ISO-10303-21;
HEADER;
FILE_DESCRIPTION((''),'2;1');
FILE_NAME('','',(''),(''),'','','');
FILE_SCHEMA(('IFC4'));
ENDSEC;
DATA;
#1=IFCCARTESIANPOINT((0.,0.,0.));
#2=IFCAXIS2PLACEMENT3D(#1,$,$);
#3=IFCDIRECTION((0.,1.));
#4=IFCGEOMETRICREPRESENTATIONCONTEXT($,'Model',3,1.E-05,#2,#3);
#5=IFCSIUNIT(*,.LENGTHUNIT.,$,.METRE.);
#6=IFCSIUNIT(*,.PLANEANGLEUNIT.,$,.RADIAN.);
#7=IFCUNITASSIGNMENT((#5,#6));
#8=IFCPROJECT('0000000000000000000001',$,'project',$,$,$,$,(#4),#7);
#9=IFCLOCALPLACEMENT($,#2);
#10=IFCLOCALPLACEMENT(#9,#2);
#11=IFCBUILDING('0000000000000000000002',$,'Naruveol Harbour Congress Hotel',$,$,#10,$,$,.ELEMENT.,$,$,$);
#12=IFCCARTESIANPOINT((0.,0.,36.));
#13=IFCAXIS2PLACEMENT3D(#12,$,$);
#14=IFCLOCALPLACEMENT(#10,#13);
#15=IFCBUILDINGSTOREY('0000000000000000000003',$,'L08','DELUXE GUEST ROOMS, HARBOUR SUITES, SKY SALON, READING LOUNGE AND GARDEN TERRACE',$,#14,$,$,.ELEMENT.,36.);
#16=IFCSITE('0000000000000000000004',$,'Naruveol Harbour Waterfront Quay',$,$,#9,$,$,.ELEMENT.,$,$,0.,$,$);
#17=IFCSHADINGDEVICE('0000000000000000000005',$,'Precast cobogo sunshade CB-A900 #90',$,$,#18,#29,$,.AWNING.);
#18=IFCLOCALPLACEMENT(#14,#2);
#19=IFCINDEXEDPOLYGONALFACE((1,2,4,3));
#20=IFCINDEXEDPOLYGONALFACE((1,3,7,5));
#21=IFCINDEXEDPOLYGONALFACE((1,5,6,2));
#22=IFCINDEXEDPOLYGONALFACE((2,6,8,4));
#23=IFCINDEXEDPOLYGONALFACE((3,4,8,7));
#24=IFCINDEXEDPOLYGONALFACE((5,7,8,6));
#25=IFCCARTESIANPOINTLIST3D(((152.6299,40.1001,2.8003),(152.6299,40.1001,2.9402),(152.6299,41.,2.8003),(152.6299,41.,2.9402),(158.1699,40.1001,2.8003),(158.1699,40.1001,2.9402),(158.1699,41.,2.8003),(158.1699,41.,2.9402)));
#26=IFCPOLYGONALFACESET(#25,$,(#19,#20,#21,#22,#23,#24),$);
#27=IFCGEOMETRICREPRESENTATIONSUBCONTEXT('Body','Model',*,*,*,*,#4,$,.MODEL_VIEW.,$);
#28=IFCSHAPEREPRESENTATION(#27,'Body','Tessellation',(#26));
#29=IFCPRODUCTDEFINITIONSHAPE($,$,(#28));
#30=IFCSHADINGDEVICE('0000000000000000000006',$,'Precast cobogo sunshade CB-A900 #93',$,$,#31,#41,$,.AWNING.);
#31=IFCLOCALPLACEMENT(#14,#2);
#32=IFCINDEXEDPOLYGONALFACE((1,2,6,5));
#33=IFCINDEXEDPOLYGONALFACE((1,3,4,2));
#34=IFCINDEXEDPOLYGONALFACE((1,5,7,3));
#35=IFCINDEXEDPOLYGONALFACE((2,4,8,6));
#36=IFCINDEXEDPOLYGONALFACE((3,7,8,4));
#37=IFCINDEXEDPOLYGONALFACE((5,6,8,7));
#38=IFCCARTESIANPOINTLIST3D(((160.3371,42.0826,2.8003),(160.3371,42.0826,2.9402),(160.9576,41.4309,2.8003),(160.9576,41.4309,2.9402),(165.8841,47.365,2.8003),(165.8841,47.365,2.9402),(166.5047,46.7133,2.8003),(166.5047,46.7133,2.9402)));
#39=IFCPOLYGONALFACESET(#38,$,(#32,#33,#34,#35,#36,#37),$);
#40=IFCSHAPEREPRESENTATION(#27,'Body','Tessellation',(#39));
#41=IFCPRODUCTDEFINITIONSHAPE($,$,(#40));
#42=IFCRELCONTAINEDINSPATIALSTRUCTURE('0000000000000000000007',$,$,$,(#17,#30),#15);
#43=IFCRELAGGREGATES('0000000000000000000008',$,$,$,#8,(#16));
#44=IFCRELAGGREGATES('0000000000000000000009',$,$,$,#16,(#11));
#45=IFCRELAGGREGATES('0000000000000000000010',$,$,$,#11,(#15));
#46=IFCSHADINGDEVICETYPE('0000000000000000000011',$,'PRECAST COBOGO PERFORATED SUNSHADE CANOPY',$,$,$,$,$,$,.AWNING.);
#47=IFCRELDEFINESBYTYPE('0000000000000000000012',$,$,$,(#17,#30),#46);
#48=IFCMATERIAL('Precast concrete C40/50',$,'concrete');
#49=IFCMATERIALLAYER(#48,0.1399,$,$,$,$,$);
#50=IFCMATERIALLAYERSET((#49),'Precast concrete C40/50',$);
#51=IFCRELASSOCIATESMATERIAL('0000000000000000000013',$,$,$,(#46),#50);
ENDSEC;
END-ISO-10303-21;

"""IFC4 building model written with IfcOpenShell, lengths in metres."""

from ifc_helpers import new_model, si_unit, direction, frame, origin, origin_2d, place, context, subcontext, project, spatial, rectangle, extrude, material, layer, layer_set, type_object, element, save


model = new_model("IFC4")

# Units and contexts
model_context = context("Model", 3, precision=1e-05, world=origin(), true_north=direction((0.0, 1.0)))
body_context = subcontext(model_context, "Body", "Model", "MODEL_VIEW")
ifc_project = project(units=[si_unit("LENGTHUNIT", "METRE"), si_unit("PLANEANGLEUNIT", "RADIAN")], contexts=[model_context])

# Site, building, storey
site_placement = place(None, origin())
site = spatial("IfcSite", under=ifc_project, at=site_placement, Name="Naruveol Harbour Waterfront Quay", CompositionType="ELEMENT", RefElevation=0.0)
building_placement = place(site_placement, origin())
building = spatial("IfcBuilding", under=site, at=building_placement, Name="Naruveol Harbour Congress Hotel", CompositionType="ELEMENT")
storey_placement = place(building_placement, frame((0.0, 0.0, 36.0)))
storey = spatial("IfcBuildingStorey", under=building, at=storey_placement, Name="L08", Description="DELUXE GUEST ROOMS, HARBOUR SUITES, SKY SALON, READING LOUNGE AND GARDEN TERRACE", CompositionType="ELEMENT", Elevation=36.0)

# Shading devices
ifc_material_1 = material(Name="Precast concrete C40/50", Category="concrete")
ifc_layer_1 = layer(ifc_material_1, 0.1399)
ifc_layer_set_1 = layer_set([ifc_layer_1], Name="Precast concrete C40/50")
shading_device_type = type_object("IfcShadingDeviceType", Name="PRECAST COBOGO PERFORATED SUNSHADE CANOPY", PredefinedType="AWNING", material=ifc_layer_set_1)
shading_device_1_placement = place(storey_placement, frame((155.3999, 40.55, 2.8003), z_axis=(0.0, 0.0, 1.0), x_axis=(1.0, 0.0, 0.0)))
element("IfcShadingDevice", 1, at=shading_device_1_placement, inside=storey, type_object=shading_device_type, Name="Precast cobogo sunshade CB-A900 #90", PredefinedType="AWNING", context=body_context, shape_type="SweptSolid", body=[
    extrude(rectangle(XDim=5.54, YDim=0.8999, at=origin_2d()), origin(), (0.0, 0.0, 1.0), 0.1399),
])
shading_device_2_placement = place(storey_placement, frame((163.4209, 44.3979, 2.8003), z_axis=(0.0, 0.0, 1.0), x_axis=(0.724172, 0.68962, 0.0)))
element("IfcShadingDevice", 2, at=shading_device_2_placement, inside=storey, type_object=shading_device_type, Name="Precast cobogo sunshade CB-A900 #93", PredefinedType="AWNING", context=body_context, shape_type="SweptSolid", body=[
    extrude(rectangle(XDim=7.6599, YDim=0.8999, at=origin_2d()), origin(), (0.0, 0.0, 1.0), 0.1399),
])

save(model, "model.ifc")
